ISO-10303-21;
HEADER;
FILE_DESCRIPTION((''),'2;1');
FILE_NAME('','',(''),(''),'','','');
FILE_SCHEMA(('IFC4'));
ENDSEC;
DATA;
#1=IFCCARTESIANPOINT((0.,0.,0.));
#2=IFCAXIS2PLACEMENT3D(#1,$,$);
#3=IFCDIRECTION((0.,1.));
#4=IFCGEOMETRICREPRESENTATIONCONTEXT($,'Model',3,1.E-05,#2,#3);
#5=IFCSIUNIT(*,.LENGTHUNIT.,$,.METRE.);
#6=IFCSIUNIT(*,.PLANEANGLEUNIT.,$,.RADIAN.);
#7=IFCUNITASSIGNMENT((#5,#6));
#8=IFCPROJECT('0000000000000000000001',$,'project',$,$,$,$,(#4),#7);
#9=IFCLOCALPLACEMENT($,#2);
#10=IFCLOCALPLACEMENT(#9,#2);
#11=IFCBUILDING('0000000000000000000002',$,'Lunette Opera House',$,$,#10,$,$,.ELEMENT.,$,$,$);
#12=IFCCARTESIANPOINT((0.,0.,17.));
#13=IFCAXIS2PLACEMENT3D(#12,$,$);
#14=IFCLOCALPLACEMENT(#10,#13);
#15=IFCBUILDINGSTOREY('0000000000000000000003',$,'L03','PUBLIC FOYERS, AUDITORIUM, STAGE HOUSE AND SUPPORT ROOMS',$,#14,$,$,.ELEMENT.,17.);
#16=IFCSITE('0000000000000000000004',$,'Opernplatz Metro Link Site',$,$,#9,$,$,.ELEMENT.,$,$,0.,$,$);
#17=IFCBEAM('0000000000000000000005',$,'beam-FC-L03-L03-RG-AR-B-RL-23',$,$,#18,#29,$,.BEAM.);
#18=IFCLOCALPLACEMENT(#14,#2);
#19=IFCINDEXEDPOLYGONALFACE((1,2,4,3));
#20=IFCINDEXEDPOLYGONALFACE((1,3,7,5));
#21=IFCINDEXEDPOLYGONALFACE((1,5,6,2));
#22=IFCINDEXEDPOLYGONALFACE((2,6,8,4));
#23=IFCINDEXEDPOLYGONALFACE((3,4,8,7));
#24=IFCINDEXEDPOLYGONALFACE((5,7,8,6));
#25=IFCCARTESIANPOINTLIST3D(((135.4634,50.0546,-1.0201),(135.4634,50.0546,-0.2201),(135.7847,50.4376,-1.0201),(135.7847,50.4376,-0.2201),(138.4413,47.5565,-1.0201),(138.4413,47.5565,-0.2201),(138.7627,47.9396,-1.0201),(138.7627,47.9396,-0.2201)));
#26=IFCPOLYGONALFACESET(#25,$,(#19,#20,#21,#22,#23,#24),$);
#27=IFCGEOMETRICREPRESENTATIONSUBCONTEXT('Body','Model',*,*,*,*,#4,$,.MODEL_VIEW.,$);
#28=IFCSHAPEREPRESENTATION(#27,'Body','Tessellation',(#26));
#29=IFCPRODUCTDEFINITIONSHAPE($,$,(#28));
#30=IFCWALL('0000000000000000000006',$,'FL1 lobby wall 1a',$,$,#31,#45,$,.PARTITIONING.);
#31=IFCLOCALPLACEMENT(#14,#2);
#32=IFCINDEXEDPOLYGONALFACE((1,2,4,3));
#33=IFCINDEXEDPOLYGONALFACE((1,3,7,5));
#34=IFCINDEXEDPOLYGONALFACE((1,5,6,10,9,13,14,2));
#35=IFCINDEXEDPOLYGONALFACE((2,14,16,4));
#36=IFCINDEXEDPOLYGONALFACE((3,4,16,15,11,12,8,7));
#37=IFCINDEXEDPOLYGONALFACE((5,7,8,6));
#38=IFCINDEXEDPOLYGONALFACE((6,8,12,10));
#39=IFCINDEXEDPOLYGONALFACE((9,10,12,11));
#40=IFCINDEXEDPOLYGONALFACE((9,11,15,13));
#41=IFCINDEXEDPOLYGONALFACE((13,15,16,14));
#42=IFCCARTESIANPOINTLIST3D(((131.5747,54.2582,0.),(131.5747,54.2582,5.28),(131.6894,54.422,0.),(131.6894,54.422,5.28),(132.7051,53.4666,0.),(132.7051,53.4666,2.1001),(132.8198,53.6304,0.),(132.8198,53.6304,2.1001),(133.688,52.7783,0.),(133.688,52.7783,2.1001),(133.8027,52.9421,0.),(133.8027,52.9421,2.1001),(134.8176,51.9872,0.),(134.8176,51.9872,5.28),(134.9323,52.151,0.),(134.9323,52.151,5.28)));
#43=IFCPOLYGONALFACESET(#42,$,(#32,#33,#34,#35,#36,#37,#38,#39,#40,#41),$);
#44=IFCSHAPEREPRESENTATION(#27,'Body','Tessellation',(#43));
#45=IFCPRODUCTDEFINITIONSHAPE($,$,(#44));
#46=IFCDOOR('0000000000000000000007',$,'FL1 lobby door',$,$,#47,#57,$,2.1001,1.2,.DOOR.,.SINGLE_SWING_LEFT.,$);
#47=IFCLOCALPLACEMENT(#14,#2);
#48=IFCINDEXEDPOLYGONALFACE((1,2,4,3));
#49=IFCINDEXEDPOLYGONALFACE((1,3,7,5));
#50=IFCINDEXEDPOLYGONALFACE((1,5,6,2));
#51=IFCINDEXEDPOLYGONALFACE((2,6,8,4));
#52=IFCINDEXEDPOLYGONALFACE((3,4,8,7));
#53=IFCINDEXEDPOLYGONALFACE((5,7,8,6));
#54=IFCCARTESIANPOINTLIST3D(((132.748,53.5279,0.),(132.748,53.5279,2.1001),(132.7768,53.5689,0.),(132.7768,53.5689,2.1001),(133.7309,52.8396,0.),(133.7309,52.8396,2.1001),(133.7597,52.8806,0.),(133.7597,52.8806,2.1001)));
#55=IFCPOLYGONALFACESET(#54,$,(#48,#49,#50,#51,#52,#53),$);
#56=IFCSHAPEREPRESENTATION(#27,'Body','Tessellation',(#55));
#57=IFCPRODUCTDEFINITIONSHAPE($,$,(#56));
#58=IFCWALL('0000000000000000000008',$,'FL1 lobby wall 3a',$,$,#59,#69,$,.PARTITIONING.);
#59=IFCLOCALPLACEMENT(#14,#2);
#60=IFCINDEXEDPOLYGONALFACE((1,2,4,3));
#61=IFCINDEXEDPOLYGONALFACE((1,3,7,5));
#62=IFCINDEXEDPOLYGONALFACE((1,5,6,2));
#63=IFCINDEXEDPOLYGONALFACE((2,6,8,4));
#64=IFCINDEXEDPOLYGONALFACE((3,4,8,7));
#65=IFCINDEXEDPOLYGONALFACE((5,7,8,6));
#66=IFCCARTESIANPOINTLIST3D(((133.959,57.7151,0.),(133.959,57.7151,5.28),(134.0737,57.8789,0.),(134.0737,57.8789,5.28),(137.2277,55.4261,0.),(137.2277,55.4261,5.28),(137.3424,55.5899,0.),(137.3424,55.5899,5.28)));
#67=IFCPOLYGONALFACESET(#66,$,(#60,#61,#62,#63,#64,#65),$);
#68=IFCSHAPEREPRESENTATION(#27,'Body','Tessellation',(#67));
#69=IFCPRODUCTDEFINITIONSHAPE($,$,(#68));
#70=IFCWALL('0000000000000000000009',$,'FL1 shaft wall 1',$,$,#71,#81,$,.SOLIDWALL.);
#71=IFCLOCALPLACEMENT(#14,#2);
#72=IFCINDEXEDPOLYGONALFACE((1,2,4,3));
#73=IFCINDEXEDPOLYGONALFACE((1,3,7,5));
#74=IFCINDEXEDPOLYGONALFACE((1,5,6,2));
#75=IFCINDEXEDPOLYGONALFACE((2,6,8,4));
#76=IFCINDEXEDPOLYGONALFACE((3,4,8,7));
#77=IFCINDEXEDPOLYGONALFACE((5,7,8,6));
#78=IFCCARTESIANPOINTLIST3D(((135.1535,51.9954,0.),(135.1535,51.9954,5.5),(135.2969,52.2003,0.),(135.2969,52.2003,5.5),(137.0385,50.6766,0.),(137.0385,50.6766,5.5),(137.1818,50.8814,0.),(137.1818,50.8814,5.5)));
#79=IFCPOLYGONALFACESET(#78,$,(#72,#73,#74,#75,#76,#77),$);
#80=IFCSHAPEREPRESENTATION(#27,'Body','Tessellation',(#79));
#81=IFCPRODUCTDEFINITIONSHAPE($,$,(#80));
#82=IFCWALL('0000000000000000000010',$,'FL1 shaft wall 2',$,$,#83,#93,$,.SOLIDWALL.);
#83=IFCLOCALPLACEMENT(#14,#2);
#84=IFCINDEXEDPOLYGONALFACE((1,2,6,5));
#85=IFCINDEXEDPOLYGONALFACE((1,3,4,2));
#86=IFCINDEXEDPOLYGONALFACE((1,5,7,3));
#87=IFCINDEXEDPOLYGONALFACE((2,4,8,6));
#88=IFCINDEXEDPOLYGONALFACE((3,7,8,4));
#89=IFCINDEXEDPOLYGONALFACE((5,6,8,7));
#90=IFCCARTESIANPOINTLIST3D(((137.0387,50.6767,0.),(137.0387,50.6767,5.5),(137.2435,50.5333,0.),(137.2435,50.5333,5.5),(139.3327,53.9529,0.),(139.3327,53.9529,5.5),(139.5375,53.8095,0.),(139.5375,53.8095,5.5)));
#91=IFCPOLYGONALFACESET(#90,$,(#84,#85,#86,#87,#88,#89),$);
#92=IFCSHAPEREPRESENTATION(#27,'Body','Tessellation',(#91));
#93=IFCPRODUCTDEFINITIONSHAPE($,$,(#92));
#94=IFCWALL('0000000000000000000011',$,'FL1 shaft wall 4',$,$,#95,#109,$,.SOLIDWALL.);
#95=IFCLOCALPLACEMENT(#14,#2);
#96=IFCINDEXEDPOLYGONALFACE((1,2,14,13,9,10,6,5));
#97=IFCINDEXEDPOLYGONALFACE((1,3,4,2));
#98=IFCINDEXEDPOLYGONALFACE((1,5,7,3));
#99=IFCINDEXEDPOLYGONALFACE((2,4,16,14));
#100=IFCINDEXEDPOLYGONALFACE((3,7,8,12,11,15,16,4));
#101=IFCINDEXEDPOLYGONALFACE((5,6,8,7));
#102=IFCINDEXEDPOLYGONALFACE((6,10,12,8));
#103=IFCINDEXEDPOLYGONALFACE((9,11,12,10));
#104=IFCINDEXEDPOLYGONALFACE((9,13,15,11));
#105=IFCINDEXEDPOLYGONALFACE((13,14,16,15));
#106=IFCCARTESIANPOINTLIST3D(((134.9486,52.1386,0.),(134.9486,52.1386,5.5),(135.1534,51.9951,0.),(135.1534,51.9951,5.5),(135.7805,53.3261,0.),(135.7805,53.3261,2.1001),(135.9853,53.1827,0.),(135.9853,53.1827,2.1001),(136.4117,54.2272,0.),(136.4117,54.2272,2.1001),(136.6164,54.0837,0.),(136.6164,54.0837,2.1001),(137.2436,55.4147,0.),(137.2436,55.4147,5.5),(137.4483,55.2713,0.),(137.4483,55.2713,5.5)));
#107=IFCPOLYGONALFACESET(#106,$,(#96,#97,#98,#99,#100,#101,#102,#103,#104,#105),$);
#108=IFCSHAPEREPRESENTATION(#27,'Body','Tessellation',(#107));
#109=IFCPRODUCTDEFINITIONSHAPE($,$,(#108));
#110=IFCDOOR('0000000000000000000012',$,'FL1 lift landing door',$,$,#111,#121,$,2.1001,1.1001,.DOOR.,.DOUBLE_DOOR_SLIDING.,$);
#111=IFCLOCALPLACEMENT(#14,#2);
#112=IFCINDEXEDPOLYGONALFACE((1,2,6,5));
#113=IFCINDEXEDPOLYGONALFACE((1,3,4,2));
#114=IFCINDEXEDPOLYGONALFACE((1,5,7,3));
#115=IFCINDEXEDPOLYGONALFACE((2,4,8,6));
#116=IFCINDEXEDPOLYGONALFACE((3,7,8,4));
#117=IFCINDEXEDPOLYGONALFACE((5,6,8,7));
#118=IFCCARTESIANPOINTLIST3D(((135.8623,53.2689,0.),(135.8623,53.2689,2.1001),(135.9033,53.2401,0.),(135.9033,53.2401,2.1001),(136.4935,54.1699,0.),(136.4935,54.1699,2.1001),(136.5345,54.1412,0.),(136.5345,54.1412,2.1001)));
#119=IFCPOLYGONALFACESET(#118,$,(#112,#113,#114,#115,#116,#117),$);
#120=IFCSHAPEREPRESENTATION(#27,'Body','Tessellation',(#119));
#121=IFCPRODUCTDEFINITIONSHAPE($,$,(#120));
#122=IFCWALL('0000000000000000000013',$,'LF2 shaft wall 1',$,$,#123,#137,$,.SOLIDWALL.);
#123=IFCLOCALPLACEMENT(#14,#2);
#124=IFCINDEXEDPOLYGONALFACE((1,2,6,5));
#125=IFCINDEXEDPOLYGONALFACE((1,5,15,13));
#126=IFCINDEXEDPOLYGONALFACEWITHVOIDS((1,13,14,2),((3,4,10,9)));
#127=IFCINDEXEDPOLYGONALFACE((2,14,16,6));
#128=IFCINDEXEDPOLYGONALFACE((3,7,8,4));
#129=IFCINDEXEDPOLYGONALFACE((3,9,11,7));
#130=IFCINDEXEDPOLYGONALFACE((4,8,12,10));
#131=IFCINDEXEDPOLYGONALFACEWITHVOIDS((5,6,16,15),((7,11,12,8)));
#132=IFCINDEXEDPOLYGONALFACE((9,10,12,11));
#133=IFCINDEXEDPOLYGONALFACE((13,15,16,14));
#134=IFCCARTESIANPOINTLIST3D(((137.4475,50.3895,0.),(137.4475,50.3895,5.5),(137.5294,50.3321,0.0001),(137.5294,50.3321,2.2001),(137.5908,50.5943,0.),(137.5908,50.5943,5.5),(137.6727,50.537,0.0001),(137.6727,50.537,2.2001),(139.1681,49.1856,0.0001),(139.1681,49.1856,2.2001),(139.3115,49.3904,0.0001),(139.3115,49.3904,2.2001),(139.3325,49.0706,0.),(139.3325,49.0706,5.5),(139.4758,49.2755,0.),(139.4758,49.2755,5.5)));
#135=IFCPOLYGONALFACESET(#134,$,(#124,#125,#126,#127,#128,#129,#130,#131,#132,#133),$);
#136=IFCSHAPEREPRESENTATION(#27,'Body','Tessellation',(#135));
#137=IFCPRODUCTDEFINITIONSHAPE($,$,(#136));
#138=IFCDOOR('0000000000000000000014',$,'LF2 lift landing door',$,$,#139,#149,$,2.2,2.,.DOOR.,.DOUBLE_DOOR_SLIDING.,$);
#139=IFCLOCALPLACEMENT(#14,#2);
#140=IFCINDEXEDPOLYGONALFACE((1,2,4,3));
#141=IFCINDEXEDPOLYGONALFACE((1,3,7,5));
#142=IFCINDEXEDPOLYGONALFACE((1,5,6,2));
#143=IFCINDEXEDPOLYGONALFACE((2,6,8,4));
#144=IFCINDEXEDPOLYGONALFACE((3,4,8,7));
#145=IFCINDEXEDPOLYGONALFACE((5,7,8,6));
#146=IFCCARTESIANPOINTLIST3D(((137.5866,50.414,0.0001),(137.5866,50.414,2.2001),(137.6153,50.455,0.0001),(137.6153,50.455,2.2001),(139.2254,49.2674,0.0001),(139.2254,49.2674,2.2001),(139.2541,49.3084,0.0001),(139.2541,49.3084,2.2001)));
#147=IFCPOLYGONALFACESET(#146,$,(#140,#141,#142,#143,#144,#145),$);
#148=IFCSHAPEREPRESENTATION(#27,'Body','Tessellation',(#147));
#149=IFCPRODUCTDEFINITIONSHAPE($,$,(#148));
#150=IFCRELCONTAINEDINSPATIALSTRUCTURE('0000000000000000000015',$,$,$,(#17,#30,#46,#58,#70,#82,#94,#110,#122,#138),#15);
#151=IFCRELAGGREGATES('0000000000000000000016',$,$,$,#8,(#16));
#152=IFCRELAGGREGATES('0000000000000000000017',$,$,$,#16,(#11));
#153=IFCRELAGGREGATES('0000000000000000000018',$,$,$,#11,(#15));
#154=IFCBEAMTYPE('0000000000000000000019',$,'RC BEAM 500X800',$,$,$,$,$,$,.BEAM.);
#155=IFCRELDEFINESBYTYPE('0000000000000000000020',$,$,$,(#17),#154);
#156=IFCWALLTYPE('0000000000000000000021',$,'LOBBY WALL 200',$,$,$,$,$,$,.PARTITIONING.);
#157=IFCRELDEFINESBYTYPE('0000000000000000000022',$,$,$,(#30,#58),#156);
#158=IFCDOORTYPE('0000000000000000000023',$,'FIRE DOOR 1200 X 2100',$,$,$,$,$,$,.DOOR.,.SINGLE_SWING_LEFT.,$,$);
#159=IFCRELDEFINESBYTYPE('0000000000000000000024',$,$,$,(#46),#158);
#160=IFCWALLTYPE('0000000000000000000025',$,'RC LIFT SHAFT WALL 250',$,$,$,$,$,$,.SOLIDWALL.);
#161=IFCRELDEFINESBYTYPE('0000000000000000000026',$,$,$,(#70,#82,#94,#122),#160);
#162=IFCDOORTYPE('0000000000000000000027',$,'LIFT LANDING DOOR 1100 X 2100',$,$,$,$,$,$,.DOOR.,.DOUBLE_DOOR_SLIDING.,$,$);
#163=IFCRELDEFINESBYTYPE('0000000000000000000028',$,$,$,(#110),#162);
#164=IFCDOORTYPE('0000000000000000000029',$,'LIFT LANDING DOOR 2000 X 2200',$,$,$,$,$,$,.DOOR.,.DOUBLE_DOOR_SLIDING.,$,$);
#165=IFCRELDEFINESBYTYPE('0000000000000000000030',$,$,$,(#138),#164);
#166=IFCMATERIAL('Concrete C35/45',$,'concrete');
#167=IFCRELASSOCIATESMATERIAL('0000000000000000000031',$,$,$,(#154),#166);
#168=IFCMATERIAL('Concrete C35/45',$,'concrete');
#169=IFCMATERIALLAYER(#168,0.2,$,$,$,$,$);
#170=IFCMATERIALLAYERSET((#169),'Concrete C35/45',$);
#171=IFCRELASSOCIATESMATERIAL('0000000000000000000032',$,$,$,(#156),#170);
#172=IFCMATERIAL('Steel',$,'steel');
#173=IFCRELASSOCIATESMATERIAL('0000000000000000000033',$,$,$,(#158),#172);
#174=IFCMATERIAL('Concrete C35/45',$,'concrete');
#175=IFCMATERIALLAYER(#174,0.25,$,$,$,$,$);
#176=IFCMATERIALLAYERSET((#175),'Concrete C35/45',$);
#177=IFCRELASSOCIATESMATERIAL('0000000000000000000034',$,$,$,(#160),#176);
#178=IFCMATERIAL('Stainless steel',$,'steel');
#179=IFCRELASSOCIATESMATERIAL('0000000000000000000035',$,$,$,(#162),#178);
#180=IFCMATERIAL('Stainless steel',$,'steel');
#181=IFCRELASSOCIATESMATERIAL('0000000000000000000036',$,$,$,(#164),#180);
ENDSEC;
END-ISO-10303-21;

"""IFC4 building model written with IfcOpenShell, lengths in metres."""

from ifc_helpers import new_model, si_unit, direction, frame, frame_2d, origin, origin_2d, place, context, subcontext, project, spatial, rectangle, extrude, material, layer, layer_set, material_profile, profile_set, type_object, element, fill, save


model = new_model("IFC4")

# Units and contexts
model_context = context("Model", 3, precision=1e-05, world=origin(), true_north=direction((0.0, 1.0)))
body_context = subcontext(model_context, "Body", "Model", "MODEL_VIEW")
ifc_project = project(units=[si_unit("LENGTHUNIT", "METRE"), si_unit("PLANEANGLEUNIT", "RADIAN")], contexts=[model_context])

# Site, building, storey
site_placement = place(None, origin())
site = spatial("IfcSite", under=ifc_project, at=site_placement, Name="Opernplatz Metro Link Site", CompositionType="ELEMENT", RefElevation=0.0)
building_placement = place(site_placement, origin())
building = spatial("IfcBuilding", under=site, at=building_placement, Name="Lunette Opera House", CompositionType="ELEMENT")
storey_placement = place(building_placement, frame((0.0, 0.0, 17.0)))
storey = spatial("IfcBuildingStorey", under=building, at=storey_placement, Name="L03", Description="PUBLIC FOYERS, AUDITORIUM, STAGE HOUSE AND SUPPORT ROOMS", CompositionType="ELEMENT", Elevation=17.0)

# Beam
ifc_material_1 = material(Name="Concrete C35/45", Category="concrete")
ifc_material_profile_1 = material_profile(ifc_material_1, rectangle(XDim=0.5, YDim=0.8, at=origin_2d()), Name="RC BEAM 500X800")
ifc_profile_set_1 = profile_set([ifc_material_profile_1], Name="Concrete C35/45")
beam_type = type_object("IfcBeamType", Name="RC BEAM 500X800", PredefinedType="BEAM", material=ifc_profile_set_1)
beam_1_placement = place(storey_placement, frame((135.624, 50.2461, -0.6201), z_axis=(0.766148, -0.642665, 0.0), x_axis=(0.642665, 0.766148, 0.0)))
element("IfcBeam", 1, at=beam_1_placement, inside=storey, type_object=beam_type, Name="beam-FC-L03-L03-RG-AR-B-RL-23", PredefinedType="BEAM", context=body_context, shape_type="SweptSolid", body=[
    extrude(rectangle(XDim=0.5, YDim=0.8, at=origin_2d()), origin(), (0.0, 0.0, 1.0), 3.887),
])

# Wall, opening, door
ifc_material_2 = material(Name="Concrete C35/45", Category="concrete")
ifc_layer_1 = layer(ifc_material_2, 0.2)
ifc_layer_set_1 = layer_set([ifc_layer_1], Name="Concrete C35/45")
wall_type_1 = type_object("IfcWallType", Name="LOBBY WALL 200", PredefinedType="PARTITIONING", material=ifc_layer_set_1)
wall_1_placement = place(storey_placement, frame((131.6321, 54.3401, 0.0), z_axis=(0.0, 0.0, 1.0), x_axis=(0.819119, -0.573624, 0.0)))
wall_1 = element("IfcWall", 2, at=wall_1_placement, inside=storey, type_object=wall_type_1, Name="FL1 lobby wall 1a", PredefinedType="PARTITIONING", context=body_context, shape_type="SweptSolid", body=[
    extrude(rectangle(XDim=3.959, YDim=0.2, at=frame_2d((1.9795, 0.0))), origin(), (0.0, 0.0, 1.0), 5.28),
])
opening_1_placement = place(wall_1_placement, frame((1.3799, 0.0, 0.0)))
opening_1 = element("IfcOpeningElement", 3, at=opening_1_placement, cuts=wall_1, PredefinedType="OPENING", context=body_context, shape_type="SweptSolid", body=[
    extrude(rectangle(XDim=1.2, YDim=2.1001, at=frame_2d((0.6001, 1.05))), frame((0.0, 0.1121, 0.0), z_axis=(0.0, -1.0, 0.0), x_axis=(1.0, 0.0, 0.0)), (0.0, 0.0, 1.0), 0.2239),
])
ifc_material_3 = material(Name="Steel", Category="steel")
door_type_1 = type_object("IfcDoorType", Name="FIRE DOOR 1200 X 2100", OperationType="SINGLE_SWING_LEFT", PredefinedType="DOOR", material=ifc_material_3)
door_1_placement = place(opening_1_placement, origin())
door_1 = element("IfcDoor", 4, at=door_1_placement, inside=storey, type_object=door_type_1, Name="FL1 lobby door", OperationType="SINGLE_SWING_LEFT", OverallHeight=2.1001, OverallWidth=1.2, PredefinedType="DOOR", context=body_context, shape_type="SweptSolid", body=[
    extrude(rectangle(XDim=1.2, YDim=2.1001, at=frame_2d((0.6001, 1.05))), frame((0.0, 0.0249, 0.0), z_axis=(0.0, -1.0, 0.0), x_axis=(1.0, 0.0, 0.0)), (0.0, 0.0, 1.0), 0.05),
])
fill(opening_1, door_1)

# Walls
wall_2_placement = place(storey_placement, frame((137.2849, 55.5081, 0.0), z_axis=(0.0, 0.0, 1.0), x_axis=(-0.819126, 0.573614, 0.0)))
element("IfcWall", 5, at=wall_2_placement, inside=storey, type_object=wall_type_1, Name="FL1 lobby wall 3a", PredefinedType="PARTITIONING", context=body_context, shape_type="SweptSolid", body=[
    extrude(rectangle(XDim=3.9905, YDim=0.2, at=frame_2d((1.9951, 0.0))), origin(), (0.0, 0.0, 1.0), 5.28),
])
ifc_material_4 = material(Name="Concrete C35/45", Category="concrete")
ifc_layer_2 = layer(ifc_material_4, 0.25)
ifc_layer_set_2 = layer_set([ifc_layer_2], Name="Concrete C35/45")
wall_type_2 = type_object("IfcWallType", Name="RC LIFT SHAFT WALL 250", PredefinedType="SOLIDWALL", material=ifc_layer_set_2)
wall_3_placement = place(storey_placement, frame((135.2251, 52.0979, 0.0), z_axis=(0.0, 0.0, 1.0), x_axis=(0.819367, -0.57327, 0.0)))
element("IfcWall", 6, at=wall_3_placement, inside=storey, type_object=wall_type_2, Name="FL1 shaft wall 1", PredefinedType="SOLIDWALL", context=body_context, shape_type="SweptSolid", body=[
    extrude(rectangle(XDim=2.3005, YDim=0.25, at=frame_2d((1.1504, 0.0))), origin(), (0.0, 0.0, 1.0), 5.5),
])
wall_4_placement = place(storey_placement, frame((137.1411, 50.605, 0.0), z_axis=(0.0, 0.0, 1.0), x_axis=(0.573573, 0.819154, 0.0)))
element("IfcWall", 7, at=wall_4_placement, inside=storey, type_object=wall_type_2, Name="FL1 shaft wall 2", PredefinedType="SOLIDWALL", context=body_context, shape_type="SweptSolid", body=[
    extrude(rectangle(XDim=3.9995, YDim=0.25, at=frame_2d((1.9998, 0.0))), origin(), (0.0, 0.0, 1.0), 5.5),
])

# Walls, openings, doors
wall_5_placement = place(storey_placement, frame((137.3459, 55.343, 0.0), z_axis=(0.0, 0.0, 1.0), x_axis=(-0.573737, -0.81904, 0.0)))
wall_5 = element("IfcWall", 8, at=wall_5_placement, inside=storey, type_object=wall_type_2, Name="FL1 shaft wall 4", PredefinedType="SOLIDWALL", context=body_context, shape_type="SweptSolid", body=[
    extrude(rectangle(XDim=4.0, YDim=0.25, at=frame_2d((2.0, 0.0))), origin(), (0.0, 0.0, 1.0), 5.5),
])
opening_2_placement = place(wall_5_placement, frame((1.45, 0.0, 0.0)))
opening_2 = element("IfcOpeningElement", 9, at=opening_2_placement, cuts=wall_5, PredefinedType="OPENING", context=body_context, shape_type="SweptSolid", body=[
    extrude(rectangle(XDim=1.1001, YDim=2.1001, at=frame_2d((0.55, 1.05))), frame((0.0, 0.137, 0.0), z_axis=(0.0, -1.0, 0.0), x_axis=(1.0, 0.0, 0.0)), (0.0, 0.0, 1.0), 0.2739),
])
ifc_material_5 = material(Name="Stainless steel", Category="steel")
door_type_2 = type_object("IfcDoorType", Name="LIFT LANDING DOOR 1100 X 2100", OperationType="DOUBLE_DOOR_SLIDING", PredefinedType="DOOR", material=ifc_material_5)
door_2_placement = place(opening_2_placement, origin())
door_2 = element("IfcDoor", 10, at=door_2_placement, inside=storey, type_object=door_type_2, Name="FL1 lift landing door", OperationType="DOUBLE_DOOR_SLIDING", OverallHeight=2.1001, OverallWidth=1.1001, PredefinedType="DOOR", context=body_context, shape_type="SweptSolid", body=[
    extrude(rectangle(XDim=1.1001, YDim=2.1001, at=frame_2d((0.55, 1.05))), frame((0.0, 0.0249, 0.0), z_axis=(0.0, -1.0, 0.0), x_axis=(1.0, 0.0, 0.0)), (0.0, 0.0, 1.0), 0.05),
])
fill(opening_2, door_2)
wall_6_placement = place(storey_placement, frame((137.519, 50.4919, 0.0), z_axis=(0.0, 0.0, 1.0), x_axis=(0.819367, -0.57327, 0.0)))
wall_6 = element("IfcWall", 11, at=wall_6_placement, inside=storey, type_object=wall_type_2, Name="LF2 shaft wall 1", PredefinedType="SOLIDWALL", context=body_context, shape_type="SweptSolid", body=[
    extrude(rectangle(XDim=2.3005, YDim=0.25, at=frame_2d((1.1504, 0.0))), origin(), (0.0, 0.0, 1.0), 5.5),
])
opening_3_placement = place(wall_6_placement, frame((0.1001, 0.0, 0.0)))
opening_3 = element("IfcOpeningElement", 12, at=opening_3_placement, cuts=wall_6, PredefinedType="OPENING", context=body_context, shape_type="SweptSolid", body=[
    extrude(rectangle(XDim=2.0, YDim=2.2, at=frame_2d((1.0, 1.1001))), frame((0.0, 0.137, 0.0), z_axis=(0.0, -1.0, 0.0), x_axis=(1.0, 0.0, 0.0)), (0.0, 0.0, 1.0), 0.2739),
])
ifc_material_6 = material(Name="Stainless steel", Category="steel")
door_type_3 = type_object("IfcDoorType", Name="LIFT LANDING DOOR 2000 X 2200", OperationType="DOUBLE_DOOR_SLIDING", PredefinedType="DOOR", material=ifc_material_6)
door_3_placement = place(opening_3_placement, origin())
door_3 = element("IfcDoor", 13, at=door_3_placement, inside=storey, type_object=door_type_3, Name="LF2 lift landing door", OperationType="DOUBLE_DOOR_SLIDING", OverallHeight=2.2, OverallWidth=2.0, PredefinedType="DOOR", context=body_context, shape_type="SweptSolid", body=[
    extrude(rectangle(XDim=2.0, YDim=2.2, at=frame_2d((1.0, 1.1001))), frame((0.0, 0.0249, 0.0), z_axis=(0.0, -1.0, 0.0), x_axis=(1.0, 0.0, 0.0)), (0.0, 0.0, 1.0), 0.05),
])
fill(opening_3, door_3)

save(model, "model.ifc")
